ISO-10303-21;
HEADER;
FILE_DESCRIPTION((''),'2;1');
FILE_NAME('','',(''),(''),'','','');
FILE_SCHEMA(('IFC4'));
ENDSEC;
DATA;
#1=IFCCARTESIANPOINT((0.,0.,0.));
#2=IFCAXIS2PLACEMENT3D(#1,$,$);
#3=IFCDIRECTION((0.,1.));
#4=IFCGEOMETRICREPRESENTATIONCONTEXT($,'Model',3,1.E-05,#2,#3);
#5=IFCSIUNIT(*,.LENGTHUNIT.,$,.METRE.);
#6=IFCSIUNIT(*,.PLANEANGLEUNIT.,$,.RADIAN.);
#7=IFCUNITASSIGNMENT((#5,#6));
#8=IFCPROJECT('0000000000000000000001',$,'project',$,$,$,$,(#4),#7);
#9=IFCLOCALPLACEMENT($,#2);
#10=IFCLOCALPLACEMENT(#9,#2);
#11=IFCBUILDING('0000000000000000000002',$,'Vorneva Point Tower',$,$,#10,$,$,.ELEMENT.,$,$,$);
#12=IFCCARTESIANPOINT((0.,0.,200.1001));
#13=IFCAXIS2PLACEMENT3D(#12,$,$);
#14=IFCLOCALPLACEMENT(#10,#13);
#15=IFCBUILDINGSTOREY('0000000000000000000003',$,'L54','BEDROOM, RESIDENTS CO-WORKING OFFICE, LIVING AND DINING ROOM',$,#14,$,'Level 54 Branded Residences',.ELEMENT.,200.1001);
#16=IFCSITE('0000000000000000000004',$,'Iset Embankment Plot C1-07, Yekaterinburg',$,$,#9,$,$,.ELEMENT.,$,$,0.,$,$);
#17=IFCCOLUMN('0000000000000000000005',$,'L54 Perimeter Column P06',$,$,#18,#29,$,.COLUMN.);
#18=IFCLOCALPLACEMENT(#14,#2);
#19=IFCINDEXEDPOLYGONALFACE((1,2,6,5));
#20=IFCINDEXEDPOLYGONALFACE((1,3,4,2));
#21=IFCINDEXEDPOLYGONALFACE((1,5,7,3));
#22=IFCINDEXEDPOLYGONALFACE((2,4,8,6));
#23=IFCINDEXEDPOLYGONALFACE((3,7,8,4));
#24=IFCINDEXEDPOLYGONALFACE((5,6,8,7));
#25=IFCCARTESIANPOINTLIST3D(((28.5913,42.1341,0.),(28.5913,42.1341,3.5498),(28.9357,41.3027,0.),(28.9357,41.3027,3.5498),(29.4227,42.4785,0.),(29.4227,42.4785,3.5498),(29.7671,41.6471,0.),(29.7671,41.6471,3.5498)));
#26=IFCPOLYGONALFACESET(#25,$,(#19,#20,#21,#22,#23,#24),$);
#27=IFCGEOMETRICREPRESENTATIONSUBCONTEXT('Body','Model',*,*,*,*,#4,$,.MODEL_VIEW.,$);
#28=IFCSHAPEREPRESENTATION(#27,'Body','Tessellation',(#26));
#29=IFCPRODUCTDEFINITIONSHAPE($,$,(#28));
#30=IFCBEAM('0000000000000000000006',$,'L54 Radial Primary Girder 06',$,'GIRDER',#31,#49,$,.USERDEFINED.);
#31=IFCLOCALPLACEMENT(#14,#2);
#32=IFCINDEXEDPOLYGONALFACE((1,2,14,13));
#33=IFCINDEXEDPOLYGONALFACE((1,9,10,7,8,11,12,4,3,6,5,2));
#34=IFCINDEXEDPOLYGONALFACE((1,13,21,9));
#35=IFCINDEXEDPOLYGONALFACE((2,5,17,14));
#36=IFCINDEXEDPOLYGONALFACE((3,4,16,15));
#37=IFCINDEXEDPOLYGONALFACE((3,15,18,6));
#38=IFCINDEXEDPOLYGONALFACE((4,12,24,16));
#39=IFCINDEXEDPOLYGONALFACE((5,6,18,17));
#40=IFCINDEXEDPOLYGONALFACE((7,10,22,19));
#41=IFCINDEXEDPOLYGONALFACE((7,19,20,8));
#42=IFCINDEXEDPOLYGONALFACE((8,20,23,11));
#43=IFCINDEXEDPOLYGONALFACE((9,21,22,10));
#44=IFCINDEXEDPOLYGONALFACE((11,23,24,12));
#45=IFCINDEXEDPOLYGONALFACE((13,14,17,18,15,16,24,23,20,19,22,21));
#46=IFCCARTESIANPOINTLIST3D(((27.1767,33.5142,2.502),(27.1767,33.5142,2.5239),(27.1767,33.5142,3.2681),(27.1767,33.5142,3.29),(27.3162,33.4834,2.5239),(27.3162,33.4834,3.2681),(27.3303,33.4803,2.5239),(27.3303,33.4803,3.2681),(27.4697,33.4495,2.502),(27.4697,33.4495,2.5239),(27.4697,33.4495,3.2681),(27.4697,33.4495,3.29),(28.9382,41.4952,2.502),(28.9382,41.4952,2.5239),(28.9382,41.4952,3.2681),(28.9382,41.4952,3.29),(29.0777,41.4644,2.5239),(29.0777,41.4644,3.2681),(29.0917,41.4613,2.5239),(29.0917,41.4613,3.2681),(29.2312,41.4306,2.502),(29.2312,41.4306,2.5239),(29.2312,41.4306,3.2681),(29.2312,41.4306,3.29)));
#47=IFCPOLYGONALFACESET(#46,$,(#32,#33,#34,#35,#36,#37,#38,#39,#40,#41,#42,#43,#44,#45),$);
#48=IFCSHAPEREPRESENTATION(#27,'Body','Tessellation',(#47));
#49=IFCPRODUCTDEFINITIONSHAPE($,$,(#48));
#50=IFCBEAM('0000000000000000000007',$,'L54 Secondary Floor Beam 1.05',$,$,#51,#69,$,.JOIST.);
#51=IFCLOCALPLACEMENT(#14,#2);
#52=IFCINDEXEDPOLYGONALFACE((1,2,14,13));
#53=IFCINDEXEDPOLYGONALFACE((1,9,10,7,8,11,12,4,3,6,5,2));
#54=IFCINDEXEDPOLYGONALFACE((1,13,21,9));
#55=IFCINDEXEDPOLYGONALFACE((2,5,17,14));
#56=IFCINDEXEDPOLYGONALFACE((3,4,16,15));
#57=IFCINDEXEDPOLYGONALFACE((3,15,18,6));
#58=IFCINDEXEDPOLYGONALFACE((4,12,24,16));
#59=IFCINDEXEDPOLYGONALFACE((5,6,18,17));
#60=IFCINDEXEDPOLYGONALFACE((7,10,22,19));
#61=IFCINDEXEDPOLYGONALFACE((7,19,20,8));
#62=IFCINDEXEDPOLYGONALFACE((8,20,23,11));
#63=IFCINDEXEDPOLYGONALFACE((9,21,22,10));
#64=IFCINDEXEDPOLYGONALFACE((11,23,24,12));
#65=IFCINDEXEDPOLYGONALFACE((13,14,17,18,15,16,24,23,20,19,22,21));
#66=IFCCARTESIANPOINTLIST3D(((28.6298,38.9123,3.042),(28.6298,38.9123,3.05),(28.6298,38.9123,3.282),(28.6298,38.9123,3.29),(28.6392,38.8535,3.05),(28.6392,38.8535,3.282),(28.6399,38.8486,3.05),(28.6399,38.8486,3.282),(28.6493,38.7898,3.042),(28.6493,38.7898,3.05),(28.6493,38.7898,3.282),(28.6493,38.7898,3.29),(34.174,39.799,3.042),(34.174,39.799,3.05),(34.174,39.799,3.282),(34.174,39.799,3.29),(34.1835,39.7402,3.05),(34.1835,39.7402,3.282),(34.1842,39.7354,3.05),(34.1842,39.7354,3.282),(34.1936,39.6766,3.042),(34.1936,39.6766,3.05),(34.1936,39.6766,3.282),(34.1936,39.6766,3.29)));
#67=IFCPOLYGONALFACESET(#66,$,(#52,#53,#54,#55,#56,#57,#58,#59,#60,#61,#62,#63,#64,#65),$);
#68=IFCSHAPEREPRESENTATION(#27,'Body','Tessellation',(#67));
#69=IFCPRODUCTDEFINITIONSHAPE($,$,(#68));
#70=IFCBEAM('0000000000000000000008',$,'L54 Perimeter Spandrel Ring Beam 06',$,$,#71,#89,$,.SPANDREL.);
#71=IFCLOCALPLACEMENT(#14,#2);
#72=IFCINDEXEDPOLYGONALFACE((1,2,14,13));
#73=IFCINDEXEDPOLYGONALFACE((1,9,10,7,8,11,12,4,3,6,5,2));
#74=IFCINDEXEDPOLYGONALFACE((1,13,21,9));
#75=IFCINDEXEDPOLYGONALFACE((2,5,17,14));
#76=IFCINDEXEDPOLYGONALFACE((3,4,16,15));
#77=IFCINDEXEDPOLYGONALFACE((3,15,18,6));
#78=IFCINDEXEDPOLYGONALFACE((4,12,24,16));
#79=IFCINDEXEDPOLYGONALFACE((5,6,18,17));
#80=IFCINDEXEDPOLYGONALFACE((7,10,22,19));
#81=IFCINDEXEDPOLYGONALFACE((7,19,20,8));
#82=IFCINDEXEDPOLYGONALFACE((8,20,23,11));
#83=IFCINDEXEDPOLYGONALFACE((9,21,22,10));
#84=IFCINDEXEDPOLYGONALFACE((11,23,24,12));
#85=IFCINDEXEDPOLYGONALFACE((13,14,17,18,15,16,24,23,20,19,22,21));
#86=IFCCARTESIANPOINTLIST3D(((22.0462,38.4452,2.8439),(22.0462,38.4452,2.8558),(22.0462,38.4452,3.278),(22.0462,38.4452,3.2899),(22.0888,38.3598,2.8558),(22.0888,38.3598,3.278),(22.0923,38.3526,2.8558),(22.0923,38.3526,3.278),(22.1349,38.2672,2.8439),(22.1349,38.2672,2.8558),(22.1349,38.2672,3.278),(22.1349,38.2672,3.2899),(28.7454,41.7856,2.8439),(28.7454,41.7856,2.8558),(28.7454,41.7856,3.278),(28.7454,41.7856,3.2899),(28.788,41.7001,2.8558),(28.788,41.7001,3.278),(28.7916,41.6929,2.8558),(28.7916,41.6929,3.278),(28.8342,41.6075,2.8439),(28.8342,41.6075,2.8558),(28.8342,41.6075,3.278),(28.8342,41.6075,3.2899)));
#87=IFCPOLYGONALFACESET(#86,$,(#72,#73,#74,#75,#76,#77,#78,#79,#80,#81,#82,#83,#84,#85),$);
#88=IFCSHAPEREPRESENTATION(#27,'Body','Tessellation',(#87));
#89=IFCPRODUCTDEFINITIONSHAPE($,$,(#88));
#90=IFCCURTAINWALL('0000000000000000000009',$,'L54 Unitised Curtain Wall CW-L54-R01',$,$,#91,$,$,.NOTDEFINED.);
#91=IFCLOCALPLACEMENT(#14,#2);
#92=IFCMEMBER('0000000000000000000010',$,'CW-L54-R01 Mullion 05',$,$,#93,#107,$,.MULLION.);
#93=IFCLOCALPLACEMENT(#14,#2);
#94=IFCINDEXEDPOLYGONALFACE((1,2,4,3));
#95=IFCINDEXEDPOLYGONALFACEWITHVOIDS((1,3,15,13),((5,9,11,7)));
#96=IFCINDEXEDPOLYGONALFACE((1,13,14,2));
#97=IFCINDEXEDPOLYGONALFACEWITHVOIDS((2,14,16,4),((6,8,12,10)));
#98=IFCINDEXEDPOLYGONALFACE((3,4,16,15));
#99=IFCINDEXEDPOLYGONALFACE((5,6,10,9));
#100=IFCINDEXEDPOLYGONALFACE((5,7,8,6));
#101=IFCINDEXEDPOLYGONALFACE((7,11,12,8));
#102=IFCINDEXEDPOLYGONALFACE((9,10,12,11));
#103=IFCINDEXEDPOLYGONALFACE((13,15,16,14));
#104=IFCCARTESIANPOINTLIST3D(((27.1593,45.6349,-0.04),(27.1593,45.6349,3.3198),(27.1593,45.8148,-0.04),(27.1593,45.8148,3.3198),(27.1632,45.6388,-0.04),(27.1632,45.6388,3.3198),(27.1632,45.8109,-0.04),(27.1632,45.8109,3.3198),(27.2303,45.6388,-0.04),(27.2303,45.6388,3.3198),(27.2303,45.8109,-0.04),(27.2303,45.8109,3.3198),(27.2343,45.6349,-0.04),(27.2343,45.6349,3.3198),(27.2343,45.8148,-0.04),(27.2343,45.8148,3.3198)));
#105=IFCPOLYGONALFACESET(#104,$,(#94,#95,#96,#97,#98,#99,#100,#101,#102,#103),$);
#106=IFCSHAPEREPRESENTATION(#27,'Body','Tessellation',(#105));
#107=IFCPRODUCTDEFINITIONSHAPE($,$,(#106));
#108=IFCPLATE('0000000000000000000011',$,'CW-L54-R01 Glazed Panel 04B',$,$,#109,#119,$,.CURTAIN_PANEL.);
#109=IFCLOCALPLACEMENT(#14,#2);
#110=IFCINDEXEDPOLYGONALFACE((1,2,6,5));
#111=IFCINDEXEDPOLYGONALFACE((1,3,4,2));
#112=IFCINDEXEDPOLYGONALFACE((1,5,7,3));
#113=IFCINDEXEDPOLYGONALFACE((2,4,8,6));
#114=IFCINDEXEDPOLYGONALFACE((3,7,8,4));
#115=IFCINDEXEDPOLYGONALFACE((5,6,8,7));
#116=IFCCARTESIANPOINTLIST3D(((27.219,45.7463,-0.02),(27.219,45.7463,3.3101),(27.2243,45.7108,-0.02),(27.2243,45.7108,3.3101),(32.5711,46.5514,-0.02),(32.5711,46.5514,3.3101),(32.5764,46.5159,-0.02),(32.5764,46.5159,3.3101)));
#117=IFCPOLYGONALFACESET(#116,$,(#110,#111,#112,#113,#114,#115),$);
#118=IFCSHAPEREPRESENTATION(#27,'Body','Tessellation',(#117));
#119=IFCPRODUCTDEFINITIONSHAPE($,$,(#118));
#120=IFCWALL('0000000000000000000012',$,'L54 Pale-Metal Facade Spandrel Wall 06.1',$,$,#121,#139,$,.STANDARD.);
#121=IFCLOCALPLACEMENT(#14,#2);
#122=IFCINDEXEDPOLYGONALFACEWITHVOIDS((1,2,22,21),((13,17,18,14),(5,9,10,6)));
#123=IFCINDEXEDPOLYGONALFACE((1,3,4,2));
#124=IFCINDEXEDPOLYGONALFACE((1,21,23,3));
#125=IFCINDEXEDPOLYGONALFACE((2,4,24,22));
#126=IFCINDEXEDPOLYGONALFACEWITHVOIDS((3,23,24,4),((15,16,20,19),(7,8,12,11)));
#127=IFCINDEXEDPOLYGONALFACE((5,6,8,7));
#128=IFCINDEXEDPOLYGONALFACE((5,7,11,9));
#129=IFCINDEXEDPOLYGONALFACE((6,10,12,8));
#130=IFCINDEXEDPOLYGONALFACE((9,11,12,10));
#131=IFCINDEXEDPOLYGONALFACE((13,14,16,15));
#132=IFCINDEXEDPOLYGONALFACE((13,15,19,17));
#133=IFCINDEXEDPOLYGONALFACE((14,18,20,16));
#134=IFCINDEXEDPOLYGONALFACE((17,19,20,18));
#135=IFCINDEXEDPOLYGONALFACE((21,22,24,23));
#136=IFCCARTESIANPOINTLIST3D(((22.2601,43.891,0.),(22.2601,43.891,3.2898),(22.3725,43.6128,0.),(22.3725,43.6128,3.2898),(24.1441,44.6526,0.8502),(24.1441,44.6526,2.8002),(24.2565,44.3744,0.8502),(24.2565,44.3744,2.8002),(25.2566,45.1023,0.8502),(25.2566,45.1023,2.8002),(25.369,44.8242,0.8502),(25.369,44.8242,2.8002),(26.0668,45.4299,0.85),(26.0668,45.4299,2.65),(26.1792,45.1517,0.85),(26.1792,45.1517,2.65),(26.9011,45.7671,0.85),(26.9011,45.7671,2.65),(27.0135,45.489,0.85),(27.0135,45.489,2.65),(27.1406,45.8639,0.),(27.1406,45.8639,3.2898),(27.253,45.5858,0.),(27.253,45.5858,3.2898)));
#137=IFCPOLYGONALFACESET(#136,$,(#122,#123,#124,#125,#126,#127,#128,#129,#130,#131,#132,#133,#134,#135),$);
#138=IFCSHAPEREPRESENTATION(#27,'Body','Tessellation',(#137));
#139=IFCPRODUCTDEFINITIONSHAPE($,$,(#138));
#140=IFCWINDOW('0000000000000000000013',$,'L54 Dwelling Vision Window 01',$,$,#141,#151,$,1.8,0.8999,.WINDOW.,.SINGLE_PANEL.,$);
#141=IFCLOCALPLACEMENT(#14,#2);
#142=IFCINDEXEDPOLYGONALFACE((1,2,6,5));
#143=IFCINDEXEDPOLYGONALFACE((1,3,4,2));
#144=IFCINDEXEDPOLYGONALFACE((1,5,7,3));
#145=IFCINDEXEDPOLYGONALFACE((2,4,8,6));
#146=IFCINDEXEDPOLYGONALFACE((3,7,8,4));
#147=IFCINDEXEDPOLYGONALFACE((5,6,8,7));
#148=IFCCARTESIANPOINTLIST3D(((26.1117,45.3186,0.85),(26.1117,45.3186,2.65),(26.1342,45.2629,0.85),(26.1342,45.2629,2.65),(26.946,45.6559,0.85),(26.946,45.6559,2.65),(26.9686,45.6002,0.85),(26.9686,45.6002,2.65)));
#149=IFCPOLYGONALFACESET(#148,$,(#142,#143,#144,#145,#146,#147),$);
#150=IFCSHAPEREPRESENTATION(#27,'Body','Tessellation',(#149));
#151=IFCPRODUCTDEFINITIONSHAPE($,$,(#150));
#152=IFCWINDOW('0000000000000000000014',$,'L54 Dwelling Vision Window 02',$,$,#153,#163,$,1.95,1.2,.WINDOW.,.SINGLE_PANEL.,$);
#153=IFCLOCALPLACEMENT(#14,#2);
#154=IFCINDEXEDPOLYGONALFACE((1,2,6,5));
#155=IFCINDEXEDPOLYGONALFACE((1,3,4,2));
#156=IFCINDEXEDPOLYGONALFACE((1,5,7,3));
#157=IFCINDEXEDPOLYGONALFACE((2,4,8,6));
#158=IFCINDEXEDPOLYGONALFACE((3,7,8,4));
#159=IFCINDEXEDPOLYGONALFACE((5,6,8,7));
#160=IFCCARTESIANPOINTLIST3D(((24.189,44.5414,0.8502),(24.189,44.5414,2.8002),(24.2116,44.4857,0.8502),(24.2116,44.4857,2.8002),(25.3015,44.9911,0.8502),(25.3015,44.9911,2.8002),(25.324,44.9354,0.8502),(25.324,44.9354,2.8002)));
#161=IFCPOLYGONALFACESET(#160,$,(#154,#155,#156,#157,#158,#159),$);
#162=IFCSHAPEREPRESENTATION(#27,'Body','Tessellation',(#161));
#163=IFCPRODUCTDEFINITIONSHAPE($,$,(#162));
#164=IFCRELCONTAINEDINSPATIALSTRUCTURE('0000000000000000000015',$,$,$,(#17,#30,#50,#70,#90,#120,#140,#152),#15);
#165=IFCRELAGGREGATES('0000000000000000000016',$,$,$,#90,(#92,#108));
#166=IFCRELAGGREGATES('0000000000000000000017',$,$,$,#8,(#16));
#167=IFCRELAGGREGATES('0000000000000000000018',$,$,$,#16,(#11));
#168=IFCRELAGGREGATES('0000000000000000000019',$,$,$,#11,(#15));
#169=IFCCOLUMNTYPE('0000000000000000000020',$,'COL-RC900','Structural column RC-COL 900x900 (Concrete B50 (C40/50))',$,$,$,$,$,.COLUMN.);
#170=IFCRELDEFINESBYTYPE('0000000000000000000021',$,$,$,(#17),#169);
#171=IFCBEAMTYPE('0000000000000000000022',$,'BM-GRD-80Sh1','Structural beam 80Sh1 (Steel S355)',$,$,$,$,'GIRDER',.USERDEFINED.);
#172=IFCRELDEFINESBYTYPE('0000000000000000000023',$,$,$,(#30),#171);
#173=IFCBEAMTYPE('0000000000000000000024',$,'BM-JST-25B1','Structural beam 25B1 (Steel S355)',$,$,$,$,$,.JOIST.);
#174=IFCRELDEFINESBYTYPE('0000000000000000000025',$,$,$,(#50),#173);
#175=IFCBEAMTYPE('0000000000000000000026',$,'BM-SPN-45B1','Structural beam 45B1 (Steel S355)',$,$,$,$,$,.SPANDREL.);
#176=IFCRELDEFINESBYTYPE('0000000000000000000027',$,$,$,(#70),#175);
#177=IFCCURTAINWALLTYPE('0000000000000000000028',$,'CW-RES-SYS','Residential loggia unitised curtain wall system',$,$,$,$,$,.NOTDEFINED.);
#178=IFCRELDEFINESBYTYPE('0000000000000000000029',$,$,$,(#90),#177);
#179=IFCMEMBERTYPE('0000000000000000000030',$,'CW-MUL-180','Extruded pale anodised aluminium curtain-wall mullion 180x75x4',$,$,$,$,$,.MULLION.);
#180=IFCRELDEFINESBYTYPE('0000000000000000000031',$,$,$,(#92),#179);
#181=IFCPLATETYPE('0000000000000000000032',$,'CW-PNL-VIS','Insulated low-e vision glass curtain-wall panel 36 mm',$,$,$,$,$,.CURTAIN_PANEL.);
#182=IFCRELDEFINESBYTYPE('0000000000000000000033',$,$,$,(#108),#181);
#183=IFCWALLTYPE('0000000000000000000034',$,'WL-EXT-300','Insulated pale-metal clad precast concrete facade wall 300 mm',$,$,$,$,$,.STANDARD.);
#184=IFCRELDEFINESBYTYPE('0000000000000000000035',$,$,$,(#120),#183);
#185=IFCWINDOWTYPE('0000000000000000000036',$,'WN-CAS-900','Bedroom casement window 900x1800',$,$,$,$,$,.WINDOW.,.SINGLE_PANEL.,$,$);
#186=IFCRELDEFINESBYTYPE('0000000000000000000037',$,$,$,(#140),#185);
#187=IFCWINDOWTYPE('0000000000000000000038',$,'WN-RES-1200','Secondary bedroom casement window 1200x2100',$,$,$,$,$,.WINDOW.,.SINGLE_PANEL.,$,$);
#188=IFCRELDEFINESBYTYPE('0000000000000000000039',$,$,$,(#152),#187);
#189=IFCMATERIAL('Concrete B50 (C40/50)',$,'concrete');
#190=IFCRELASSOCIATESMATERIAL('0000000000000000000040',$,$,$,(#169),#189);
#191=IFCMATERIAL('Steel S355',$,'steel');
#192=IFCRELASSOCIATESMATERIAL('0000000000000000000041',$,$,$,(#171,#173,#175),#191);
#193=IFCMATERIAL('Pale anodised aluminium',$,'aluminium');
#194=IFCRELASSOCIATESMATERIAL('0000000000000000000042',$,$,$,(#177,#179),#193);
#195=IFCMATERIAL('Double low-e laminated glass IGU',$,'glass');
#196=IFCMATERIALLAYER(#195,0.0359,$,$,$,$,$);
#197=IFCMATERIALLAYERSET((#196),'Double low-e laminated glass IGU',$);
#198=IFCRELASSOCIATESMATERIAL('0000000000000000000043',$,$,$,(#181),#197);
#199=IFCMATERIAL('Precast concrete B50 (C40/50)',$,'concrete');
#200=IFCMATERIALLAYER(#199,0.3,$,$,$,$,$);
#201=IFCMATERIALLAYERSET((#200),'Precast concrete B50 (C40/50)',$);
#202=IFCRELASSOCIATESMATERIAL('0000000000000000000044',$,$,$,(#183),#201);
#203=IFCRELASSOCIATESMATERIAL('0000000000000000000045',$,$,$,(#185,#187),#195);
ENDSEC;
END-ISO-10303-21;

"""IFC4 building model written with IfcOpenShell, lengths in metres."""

from ifc_helpers import new_model, si_unit, direction, frame, frame_2d, origin, origin_2d, place, context, subcontext, project, spatial, rectangle, hollow_rectangle, i_section, extrude, material, layer, layer_set, material_profile, profile_set, type_object, element, fill, aggregate, save


model = new_model("IFC4")

# Units and contexts
model_context = context("Model", 3, precision=1e-05, world=origin(), true_north=direction((0.0, 1.0)))
body_context = subcontext(model_context, "Body", "Model", "MODEL_VIEW")
ifc_project = project(units=[si_unit("LENGTHUNIT", "METRE"), si_unit("PLANEANGLEUNIT", "RADIAN")], contexts=[model_context])

# Site, building, storey
site_placement = place(None, origin())
site = spatial("IfcSite", under=ifc_project, at=site_placement, Name="Iset Embankment Plot C1-07, Yekaterinburg", CompositionType="ELEMENT", RefElevation=0.0)
building_placement = place(site_placement, origin())
building = spatial("IfcBuilding", under=site, at=building_placement, Name="Vorneva Point Tower", CompositionType="ELEMENT")
storey_placement = place(building_placement, frame((0.0, 0.0, 200.1001)))
storey = spatial("IfcBuildingStorey", under=building, at=storey_placement, Name="L54", Description="BEDROOM, RESIDENTS CO-WORKING OFFICE, LIVING AND DINING ROOM", LongName="Level 54 Branded Residences", CompositionType="ELEMENT", Elevation=200.1001)

# Column
ifc_material_1 = material(Name="Concrete B50 (C40/50)", Category="concrete")
ifc_material_profile_1 = material_profile(ifc_material_1, rectangle(XDim=0.8999, YDim=0.8999, at=origin_2d()), Name="RC-COL 900x900")
ifc_profile_set_1 = profile_set([ifc_material_profile_1], Name="Concrete B50 (C40/50)")
column_type = type_object("IfcColumnType", Name="COL-RC900", Description="Structural column RC-COL 900x900 (Concrete B50 (C40/50))", PredefinedType="COLUMN", material=ifc_profile_set_1)
column_placement = place(storey_placement, frame((29.1792, 41.8906, 0.0), z_axis=(0.0, 0.0, 1.0), x_axis=(-0.382683, 0.92388, 0.0)))
element("IfcColumn", 1, at=column_placement, inside=storey, type_object=column_type, Name="L54 Perimeter Column P06", PredefinedType="COLUMN", context=body_context, shape_type="SweptSolid", body=[
    extrude(rectangle(XDim=0.8999, YDim=0.8999, at=origin_2d()), origin(), (0.0, 0.0, 1.0), 3.5498),
])

# Beams
ifc_material_2 = material(Name="Steel S355", Category="steel")
ifc_material_profile_2 = material_profile(ifc_material_2, i_section(OverallWidth=0.3, OverallDepth=0.7881, WebThickness=0.0144, FlangeThickness=0.022, at=origin_2d()), Name="80Sh1")
ifc_profile_set_2 = profile_set([ifc_material_profile_2], Name="Steel S355")
beam_type_1 = type_object("IfcBeamType", Name="BM-GRD-80Sh1", Description="Structural beam 80Sh1 (Steel S355)", ElementType="GIRDER", PredefinedType="USERDEFINED", material=ifc_profile_set_2)
beam_1_placement = place(storey_placement, frame((29.0847, 41.4629, 2.896), z_axis=(-0.215523, -0.976499, 0.0), x_axis=(0.976499, -0.215523, 0.0)))
element("IfcBeam", 2, at=beam_1_placement, inside=storey, type_object=beam_type_1, Name="L54 Radial Primary Girder 06", ObjectType="GIRDER", PredefinedType="USERDEFINED", context=body_context, shape_type="SweptSolid", body=[
    extrude(i_section(OverallWidth=0.3, OverallDepth=0.7881, WebThickness=0.0144, FlangeThickness=0.022, at=origin_2d()), origin(), (0.0, 0.0, 1.0), 8.1731),
])
ifc_material_profile_3 = material_profile(ifc_material_2, i_section(OverallWidth=0.124, OverallDepth=0.248, WebThickness=0.0049, FlangeThickness=0.0081, at=origin_2d()), Name="25B1")
ifc_profile_set_3 = profile_set([ifc_material_profile_3], Name="Steel S355")
beam_type_2 = type_object("IfcBeamType", Name="BM-JST-25B1", Description="Structural beam 25B1 (Steel S355)", PredefinedType="JOIST", material=ifc_profile_set_3)
beam_2_placement = place(storey_placement, frame((34.1838, 39.7378, 3.166), z_axis=(-0.98745, -0.157929, 0.0), x_axis=(0.157929, -0.98745, 0.0)))
element("IfcBeam", 3, at=beam_2_placement, inside=storey, type_object=beam_type_2, Name="L54 Secondary Floor Beam 1.05", PredefinedType="JOIST", context=body_context, shape_type="SweptSolid", body=[
    extrude(i_section(OverallWidth=0.124, OverallDepth=0.248, WebThickness=0.0049, FlangeThickness=0.0081, at=origin_2d()), origin(), (0.0, 0.0, 1.0), 5.6147),
])
ifc_material_profile_4 = material_profile(ifc_material_2, i_section(OverallWidth=0.199, OverallDepth=0.446, WebThickness=0.0081, FlangeThickness=0.012, at=origin_2d()), Name="45B1")
ifc_profile_set_4 = profile_set([ifc_material_profile_4], Name="Steel S355")
beam_type_3 = type_object("IfcBeamType", Name="BM-SPN-45B1", Description="Structural beam 45B1 (Steel S355)", PredefinedType="SPANDREL", material=ifc_profile_set_4)
beam_3_placement = place(storey_placement, frame((28.7898, 41.6965, 3.0669), z_axis=(-0.894922, -0.446222, 0.0), x_axis=(0.446222, -0.894922, 0.0)))
element("IfcBeam", 4, at=beam_3_placement, inside=storey, type_object=beam_type_3, Name="L54 Perimeter Spandrel Ring Beam 06", PredefinedType="SPANDREL", context=body_context, shape_type="SweptSolid", body=[
    extrude(i_section(OverallWidth=0.199, OverallDepth=0.446, WebThickness=0.0081, FlangeThickness=0.012, at=origin_2d()), origin(), (0.0, 0.0, 1.0), 7.4858),
])

# Curtain wall, member, plate
ifc_material_3 = material(Name="Pale anodised aluminium", Category="aluminium")
curtain_wall_type = type_object("IfcCurtainWallType", Name="CW-RES-SYS", Description="Residential loggia unitised curtain wall system", PredefinedType="NOTDEFINED", material=ifc_material_3)
curtain_wall_placement = place(storey_placement, origin())
curtain_wall = element("IfcCurtainWall", 5, at=curtain_wall_placement, inside=storey, type_object=curtain_wall_type, Name="L54 Unitised Curtain Wall CW-L54-R01", PredefinedType="NOTDEFINED")
ifc_material_profile_5 = material_profile(ifc_material_3, hollow_rectangle(XDim=0.075, YDim=0.1799, WallThickness=0.0039, at=origin_2d()), Name="AL-MUL 180x75x4")
ifc_profile_set_5 = profile_set([ifc_material_profile_5], Name="Pale anodised aluminium")
member_type = type_object("IfcMemberType", Name="CW-MUL-180", Description="Extruded pale anodised aluminium curtain-wall mullion 180x75x4", PredefinedType="MULLION", material=ifc_profile_set_5)
member_placement = place(storey_placement, frame((27.1968, 45.7249, -0.04), z_axis=(0.0, 0.0, 1.0), x_axis=(1.0, 0.0, 0.0)))
member = element("IfcMember", 6, at=member_placement, type_object=member_type, Name="CW-L54-R01 Mullion 05", PredefinedType="MULLION", context=body_context, shape_type="SweptSolid", body=[
    extrude(hollow_rectangle(XDim=0.075, YDim=0.1799, WallThickness=0.0039, at=origin_2d()), origin(), (0.0, 0.0, 1.0), 3.3599),
])
ifc_material_4 = material(Name="Double low-e laminated glass IGU", Category="glass")
ifc_layer_1 = layer(ifc_material_4, 0.0359)
ifc_layer_set_1 = layer_set([ifc_layer_1], Name="Double low-e laminated glass IGU")
plate_type = type_object("IfcPlateType", Name="CW-PNL-VIS", Description="Insulated low-e vision glass curtain-wall panel 36 mm", PredefinedType="CURTAIN_PANEL", material=ifc_layer_set_1)
plate_placement = place(storey_placement, frame((29.8977, 46.1311, -0.02), z_axis=(0.0, 0.0, 1.0), x_axis=(-0.988874, -0.148759, 0.0)))
plate = element("IfcPlate", 7, at=plate_placement, type_object=plate_type, Name="CW-L54-R01 Glazed Panel 04B", PredefinedType="CURTAIN_PANEL", context=body_context, shape_type="SweptSolid", body=[
    extrude(rectangle(XDim=5.4124, YDim=0.0359, at=origin_2d()), origin(), (0.0, 0.0, 1.0), 3.3301),
])
aggregate(curtain_wall, [member, plate])

# Wall, openings, windows
ifc_material_5 = material(Name="Precast concrete B50 (C40/50)", Category="concrete")
ifc_layer_2 = layer(ifc_material_5, 0.3)
ifc_layer_set_2 = layer_set([ifc_layer_2], Name="Precast concrete B50 (C40/50)")
wall_type_1 = type_object("IfcWallType", Name="WL-EXT-300", Description="Insulated pale-metal clad precast concrete facade wall 300 mm", PredefinedType="STANDARD", material=ifc_layer_set_2)
wall_1_placement = place(storey_placement, frame((27.1968, 45.7249, 0.0), z_axis=(0.0, 0.0, 1.0), x_axis=(-0.927111, -0.374787, 0.0)))
wall_1 = element("IfcWall", 8, at=wall_1_placement, inside=storey, type_object=wall_type_1, Name="L54 Pale-Metal Facade Spandrel Wall 06.1", PredefinedType="STANDARD", context=body_context, shape_type="SweptSolid", body=[
    extrude(rectangle(XDim=5.2642, YDim=0.3, at=frame_2d((2.6321, 0.0))), origin(), (0.0, 0.0, 1.0), 3.2898),
])
opening_1_placement = place(wall_1_placement, frame((0.2583, 0.0, 0.8501)))
opening_1 = element("IfcOpeningElement", 9, at=opening_1_placement, cuts=wall_1, PredefinedType="OPENING", context=body_context, shape_type="SweptSolid", body=[
    extrude(rectangle(XDim=0.8999, YDim=1.8, at=frame_2d((0.45, 0.8999))), frame((0.0, 0.165, 0.0), z_axis=(0.0, -1.0, 0.0), x_axis=(1.0, 0.0, 0.0)), (0.0, 0.0, 1.0), 0.3298),
])
opening_2_placement = place(wall_1_placement, frame((2.032, 0.0, 0.8501)))
opening_2 = element("IfcOpeningElement", 10, at=opening_2_placement, cuts=wall_1, PredefinedType="OPENING", context=body_context, shape_type="SweptSolid", body=[
    extrude(rectangle(XDim=1.2, YDim=1.95, at=frame_2d((0.6001, 0.9751))), frame((0.0, 0.165, 0.0), z_axis=(0.0, -1.0, 0.0), x_axis=(1.0, 0.0, 0.0)), (0.0, 0.0, 1.0), 0.3298),
])
window_type_1 = type_object("IfcWindowType", Name="WN-CAS-900", Description="Bedroom casement window 900x1800", PartitioningType="SINGLE_PANEL", PredefinedType="WINDOW", material=ifc_material_4)
window_1_placement = place(opening_1_placement, origin())
window_1 = element("IfcWindow", 11, at=window_1_placement, inside=storey, type_object=window_type_1, Name="L54 Dwelling Vision Window 01", OverallHeight=1.8, OverallWidth=0.8999, PartitioningType="SINGLE_PANEL", PredefinedType="WINDOW", context=body_context, shape_type="SweptSolid", body=[
    extrude(rectangle(XDim=0.8999, YDim=1.8, at=frame_2d((0.45, 0.8999))), frame((0.0, 0.03, 0.0), z_axis=(0.0, -1.0, 0.0), x_axis=(1.0, 0.0, 0.0)), (0.0, 0.0, 1.0), 0.0601),
])
fill(opening_1, window_1)
window_type_2 = type_object("IfcWindowType", Name="WN-RES-1200", Description="Secondary bedroom casement window 1200x2100", PartitioningType="SINGLE_PANEL", PredefinedType="WINDOW", material=ifc_material_4)
window_2_placement = place(opening_2_placement, origin())
window_2 = element("IfcWindow", 12, at=window_2_placement, inside=storey, type_object=window_type_2, Name="L54 Dwelling Vision Window 02", OverallHeight=1.95, OverallWidth=1.2, PartitioningType="SINGLE_PANEL", PredefinedType="WINDOW", context=body_context, shape_type="SweptSolid", body=[
    extrude(rectangle(XDim=1.2, YDim=1.95, at=frame_2d((0.6001, 0.9751))), frame((0.0, 0.03, 0.0), z_axis=(0.0, -1.0, 0.0), x_axis=(1.0, 0.0, 0.0)), (0.0, 0.0, 1.0), 0.0601),
])
fill(opening_2, window_2)

save(model, "model.ifc")
